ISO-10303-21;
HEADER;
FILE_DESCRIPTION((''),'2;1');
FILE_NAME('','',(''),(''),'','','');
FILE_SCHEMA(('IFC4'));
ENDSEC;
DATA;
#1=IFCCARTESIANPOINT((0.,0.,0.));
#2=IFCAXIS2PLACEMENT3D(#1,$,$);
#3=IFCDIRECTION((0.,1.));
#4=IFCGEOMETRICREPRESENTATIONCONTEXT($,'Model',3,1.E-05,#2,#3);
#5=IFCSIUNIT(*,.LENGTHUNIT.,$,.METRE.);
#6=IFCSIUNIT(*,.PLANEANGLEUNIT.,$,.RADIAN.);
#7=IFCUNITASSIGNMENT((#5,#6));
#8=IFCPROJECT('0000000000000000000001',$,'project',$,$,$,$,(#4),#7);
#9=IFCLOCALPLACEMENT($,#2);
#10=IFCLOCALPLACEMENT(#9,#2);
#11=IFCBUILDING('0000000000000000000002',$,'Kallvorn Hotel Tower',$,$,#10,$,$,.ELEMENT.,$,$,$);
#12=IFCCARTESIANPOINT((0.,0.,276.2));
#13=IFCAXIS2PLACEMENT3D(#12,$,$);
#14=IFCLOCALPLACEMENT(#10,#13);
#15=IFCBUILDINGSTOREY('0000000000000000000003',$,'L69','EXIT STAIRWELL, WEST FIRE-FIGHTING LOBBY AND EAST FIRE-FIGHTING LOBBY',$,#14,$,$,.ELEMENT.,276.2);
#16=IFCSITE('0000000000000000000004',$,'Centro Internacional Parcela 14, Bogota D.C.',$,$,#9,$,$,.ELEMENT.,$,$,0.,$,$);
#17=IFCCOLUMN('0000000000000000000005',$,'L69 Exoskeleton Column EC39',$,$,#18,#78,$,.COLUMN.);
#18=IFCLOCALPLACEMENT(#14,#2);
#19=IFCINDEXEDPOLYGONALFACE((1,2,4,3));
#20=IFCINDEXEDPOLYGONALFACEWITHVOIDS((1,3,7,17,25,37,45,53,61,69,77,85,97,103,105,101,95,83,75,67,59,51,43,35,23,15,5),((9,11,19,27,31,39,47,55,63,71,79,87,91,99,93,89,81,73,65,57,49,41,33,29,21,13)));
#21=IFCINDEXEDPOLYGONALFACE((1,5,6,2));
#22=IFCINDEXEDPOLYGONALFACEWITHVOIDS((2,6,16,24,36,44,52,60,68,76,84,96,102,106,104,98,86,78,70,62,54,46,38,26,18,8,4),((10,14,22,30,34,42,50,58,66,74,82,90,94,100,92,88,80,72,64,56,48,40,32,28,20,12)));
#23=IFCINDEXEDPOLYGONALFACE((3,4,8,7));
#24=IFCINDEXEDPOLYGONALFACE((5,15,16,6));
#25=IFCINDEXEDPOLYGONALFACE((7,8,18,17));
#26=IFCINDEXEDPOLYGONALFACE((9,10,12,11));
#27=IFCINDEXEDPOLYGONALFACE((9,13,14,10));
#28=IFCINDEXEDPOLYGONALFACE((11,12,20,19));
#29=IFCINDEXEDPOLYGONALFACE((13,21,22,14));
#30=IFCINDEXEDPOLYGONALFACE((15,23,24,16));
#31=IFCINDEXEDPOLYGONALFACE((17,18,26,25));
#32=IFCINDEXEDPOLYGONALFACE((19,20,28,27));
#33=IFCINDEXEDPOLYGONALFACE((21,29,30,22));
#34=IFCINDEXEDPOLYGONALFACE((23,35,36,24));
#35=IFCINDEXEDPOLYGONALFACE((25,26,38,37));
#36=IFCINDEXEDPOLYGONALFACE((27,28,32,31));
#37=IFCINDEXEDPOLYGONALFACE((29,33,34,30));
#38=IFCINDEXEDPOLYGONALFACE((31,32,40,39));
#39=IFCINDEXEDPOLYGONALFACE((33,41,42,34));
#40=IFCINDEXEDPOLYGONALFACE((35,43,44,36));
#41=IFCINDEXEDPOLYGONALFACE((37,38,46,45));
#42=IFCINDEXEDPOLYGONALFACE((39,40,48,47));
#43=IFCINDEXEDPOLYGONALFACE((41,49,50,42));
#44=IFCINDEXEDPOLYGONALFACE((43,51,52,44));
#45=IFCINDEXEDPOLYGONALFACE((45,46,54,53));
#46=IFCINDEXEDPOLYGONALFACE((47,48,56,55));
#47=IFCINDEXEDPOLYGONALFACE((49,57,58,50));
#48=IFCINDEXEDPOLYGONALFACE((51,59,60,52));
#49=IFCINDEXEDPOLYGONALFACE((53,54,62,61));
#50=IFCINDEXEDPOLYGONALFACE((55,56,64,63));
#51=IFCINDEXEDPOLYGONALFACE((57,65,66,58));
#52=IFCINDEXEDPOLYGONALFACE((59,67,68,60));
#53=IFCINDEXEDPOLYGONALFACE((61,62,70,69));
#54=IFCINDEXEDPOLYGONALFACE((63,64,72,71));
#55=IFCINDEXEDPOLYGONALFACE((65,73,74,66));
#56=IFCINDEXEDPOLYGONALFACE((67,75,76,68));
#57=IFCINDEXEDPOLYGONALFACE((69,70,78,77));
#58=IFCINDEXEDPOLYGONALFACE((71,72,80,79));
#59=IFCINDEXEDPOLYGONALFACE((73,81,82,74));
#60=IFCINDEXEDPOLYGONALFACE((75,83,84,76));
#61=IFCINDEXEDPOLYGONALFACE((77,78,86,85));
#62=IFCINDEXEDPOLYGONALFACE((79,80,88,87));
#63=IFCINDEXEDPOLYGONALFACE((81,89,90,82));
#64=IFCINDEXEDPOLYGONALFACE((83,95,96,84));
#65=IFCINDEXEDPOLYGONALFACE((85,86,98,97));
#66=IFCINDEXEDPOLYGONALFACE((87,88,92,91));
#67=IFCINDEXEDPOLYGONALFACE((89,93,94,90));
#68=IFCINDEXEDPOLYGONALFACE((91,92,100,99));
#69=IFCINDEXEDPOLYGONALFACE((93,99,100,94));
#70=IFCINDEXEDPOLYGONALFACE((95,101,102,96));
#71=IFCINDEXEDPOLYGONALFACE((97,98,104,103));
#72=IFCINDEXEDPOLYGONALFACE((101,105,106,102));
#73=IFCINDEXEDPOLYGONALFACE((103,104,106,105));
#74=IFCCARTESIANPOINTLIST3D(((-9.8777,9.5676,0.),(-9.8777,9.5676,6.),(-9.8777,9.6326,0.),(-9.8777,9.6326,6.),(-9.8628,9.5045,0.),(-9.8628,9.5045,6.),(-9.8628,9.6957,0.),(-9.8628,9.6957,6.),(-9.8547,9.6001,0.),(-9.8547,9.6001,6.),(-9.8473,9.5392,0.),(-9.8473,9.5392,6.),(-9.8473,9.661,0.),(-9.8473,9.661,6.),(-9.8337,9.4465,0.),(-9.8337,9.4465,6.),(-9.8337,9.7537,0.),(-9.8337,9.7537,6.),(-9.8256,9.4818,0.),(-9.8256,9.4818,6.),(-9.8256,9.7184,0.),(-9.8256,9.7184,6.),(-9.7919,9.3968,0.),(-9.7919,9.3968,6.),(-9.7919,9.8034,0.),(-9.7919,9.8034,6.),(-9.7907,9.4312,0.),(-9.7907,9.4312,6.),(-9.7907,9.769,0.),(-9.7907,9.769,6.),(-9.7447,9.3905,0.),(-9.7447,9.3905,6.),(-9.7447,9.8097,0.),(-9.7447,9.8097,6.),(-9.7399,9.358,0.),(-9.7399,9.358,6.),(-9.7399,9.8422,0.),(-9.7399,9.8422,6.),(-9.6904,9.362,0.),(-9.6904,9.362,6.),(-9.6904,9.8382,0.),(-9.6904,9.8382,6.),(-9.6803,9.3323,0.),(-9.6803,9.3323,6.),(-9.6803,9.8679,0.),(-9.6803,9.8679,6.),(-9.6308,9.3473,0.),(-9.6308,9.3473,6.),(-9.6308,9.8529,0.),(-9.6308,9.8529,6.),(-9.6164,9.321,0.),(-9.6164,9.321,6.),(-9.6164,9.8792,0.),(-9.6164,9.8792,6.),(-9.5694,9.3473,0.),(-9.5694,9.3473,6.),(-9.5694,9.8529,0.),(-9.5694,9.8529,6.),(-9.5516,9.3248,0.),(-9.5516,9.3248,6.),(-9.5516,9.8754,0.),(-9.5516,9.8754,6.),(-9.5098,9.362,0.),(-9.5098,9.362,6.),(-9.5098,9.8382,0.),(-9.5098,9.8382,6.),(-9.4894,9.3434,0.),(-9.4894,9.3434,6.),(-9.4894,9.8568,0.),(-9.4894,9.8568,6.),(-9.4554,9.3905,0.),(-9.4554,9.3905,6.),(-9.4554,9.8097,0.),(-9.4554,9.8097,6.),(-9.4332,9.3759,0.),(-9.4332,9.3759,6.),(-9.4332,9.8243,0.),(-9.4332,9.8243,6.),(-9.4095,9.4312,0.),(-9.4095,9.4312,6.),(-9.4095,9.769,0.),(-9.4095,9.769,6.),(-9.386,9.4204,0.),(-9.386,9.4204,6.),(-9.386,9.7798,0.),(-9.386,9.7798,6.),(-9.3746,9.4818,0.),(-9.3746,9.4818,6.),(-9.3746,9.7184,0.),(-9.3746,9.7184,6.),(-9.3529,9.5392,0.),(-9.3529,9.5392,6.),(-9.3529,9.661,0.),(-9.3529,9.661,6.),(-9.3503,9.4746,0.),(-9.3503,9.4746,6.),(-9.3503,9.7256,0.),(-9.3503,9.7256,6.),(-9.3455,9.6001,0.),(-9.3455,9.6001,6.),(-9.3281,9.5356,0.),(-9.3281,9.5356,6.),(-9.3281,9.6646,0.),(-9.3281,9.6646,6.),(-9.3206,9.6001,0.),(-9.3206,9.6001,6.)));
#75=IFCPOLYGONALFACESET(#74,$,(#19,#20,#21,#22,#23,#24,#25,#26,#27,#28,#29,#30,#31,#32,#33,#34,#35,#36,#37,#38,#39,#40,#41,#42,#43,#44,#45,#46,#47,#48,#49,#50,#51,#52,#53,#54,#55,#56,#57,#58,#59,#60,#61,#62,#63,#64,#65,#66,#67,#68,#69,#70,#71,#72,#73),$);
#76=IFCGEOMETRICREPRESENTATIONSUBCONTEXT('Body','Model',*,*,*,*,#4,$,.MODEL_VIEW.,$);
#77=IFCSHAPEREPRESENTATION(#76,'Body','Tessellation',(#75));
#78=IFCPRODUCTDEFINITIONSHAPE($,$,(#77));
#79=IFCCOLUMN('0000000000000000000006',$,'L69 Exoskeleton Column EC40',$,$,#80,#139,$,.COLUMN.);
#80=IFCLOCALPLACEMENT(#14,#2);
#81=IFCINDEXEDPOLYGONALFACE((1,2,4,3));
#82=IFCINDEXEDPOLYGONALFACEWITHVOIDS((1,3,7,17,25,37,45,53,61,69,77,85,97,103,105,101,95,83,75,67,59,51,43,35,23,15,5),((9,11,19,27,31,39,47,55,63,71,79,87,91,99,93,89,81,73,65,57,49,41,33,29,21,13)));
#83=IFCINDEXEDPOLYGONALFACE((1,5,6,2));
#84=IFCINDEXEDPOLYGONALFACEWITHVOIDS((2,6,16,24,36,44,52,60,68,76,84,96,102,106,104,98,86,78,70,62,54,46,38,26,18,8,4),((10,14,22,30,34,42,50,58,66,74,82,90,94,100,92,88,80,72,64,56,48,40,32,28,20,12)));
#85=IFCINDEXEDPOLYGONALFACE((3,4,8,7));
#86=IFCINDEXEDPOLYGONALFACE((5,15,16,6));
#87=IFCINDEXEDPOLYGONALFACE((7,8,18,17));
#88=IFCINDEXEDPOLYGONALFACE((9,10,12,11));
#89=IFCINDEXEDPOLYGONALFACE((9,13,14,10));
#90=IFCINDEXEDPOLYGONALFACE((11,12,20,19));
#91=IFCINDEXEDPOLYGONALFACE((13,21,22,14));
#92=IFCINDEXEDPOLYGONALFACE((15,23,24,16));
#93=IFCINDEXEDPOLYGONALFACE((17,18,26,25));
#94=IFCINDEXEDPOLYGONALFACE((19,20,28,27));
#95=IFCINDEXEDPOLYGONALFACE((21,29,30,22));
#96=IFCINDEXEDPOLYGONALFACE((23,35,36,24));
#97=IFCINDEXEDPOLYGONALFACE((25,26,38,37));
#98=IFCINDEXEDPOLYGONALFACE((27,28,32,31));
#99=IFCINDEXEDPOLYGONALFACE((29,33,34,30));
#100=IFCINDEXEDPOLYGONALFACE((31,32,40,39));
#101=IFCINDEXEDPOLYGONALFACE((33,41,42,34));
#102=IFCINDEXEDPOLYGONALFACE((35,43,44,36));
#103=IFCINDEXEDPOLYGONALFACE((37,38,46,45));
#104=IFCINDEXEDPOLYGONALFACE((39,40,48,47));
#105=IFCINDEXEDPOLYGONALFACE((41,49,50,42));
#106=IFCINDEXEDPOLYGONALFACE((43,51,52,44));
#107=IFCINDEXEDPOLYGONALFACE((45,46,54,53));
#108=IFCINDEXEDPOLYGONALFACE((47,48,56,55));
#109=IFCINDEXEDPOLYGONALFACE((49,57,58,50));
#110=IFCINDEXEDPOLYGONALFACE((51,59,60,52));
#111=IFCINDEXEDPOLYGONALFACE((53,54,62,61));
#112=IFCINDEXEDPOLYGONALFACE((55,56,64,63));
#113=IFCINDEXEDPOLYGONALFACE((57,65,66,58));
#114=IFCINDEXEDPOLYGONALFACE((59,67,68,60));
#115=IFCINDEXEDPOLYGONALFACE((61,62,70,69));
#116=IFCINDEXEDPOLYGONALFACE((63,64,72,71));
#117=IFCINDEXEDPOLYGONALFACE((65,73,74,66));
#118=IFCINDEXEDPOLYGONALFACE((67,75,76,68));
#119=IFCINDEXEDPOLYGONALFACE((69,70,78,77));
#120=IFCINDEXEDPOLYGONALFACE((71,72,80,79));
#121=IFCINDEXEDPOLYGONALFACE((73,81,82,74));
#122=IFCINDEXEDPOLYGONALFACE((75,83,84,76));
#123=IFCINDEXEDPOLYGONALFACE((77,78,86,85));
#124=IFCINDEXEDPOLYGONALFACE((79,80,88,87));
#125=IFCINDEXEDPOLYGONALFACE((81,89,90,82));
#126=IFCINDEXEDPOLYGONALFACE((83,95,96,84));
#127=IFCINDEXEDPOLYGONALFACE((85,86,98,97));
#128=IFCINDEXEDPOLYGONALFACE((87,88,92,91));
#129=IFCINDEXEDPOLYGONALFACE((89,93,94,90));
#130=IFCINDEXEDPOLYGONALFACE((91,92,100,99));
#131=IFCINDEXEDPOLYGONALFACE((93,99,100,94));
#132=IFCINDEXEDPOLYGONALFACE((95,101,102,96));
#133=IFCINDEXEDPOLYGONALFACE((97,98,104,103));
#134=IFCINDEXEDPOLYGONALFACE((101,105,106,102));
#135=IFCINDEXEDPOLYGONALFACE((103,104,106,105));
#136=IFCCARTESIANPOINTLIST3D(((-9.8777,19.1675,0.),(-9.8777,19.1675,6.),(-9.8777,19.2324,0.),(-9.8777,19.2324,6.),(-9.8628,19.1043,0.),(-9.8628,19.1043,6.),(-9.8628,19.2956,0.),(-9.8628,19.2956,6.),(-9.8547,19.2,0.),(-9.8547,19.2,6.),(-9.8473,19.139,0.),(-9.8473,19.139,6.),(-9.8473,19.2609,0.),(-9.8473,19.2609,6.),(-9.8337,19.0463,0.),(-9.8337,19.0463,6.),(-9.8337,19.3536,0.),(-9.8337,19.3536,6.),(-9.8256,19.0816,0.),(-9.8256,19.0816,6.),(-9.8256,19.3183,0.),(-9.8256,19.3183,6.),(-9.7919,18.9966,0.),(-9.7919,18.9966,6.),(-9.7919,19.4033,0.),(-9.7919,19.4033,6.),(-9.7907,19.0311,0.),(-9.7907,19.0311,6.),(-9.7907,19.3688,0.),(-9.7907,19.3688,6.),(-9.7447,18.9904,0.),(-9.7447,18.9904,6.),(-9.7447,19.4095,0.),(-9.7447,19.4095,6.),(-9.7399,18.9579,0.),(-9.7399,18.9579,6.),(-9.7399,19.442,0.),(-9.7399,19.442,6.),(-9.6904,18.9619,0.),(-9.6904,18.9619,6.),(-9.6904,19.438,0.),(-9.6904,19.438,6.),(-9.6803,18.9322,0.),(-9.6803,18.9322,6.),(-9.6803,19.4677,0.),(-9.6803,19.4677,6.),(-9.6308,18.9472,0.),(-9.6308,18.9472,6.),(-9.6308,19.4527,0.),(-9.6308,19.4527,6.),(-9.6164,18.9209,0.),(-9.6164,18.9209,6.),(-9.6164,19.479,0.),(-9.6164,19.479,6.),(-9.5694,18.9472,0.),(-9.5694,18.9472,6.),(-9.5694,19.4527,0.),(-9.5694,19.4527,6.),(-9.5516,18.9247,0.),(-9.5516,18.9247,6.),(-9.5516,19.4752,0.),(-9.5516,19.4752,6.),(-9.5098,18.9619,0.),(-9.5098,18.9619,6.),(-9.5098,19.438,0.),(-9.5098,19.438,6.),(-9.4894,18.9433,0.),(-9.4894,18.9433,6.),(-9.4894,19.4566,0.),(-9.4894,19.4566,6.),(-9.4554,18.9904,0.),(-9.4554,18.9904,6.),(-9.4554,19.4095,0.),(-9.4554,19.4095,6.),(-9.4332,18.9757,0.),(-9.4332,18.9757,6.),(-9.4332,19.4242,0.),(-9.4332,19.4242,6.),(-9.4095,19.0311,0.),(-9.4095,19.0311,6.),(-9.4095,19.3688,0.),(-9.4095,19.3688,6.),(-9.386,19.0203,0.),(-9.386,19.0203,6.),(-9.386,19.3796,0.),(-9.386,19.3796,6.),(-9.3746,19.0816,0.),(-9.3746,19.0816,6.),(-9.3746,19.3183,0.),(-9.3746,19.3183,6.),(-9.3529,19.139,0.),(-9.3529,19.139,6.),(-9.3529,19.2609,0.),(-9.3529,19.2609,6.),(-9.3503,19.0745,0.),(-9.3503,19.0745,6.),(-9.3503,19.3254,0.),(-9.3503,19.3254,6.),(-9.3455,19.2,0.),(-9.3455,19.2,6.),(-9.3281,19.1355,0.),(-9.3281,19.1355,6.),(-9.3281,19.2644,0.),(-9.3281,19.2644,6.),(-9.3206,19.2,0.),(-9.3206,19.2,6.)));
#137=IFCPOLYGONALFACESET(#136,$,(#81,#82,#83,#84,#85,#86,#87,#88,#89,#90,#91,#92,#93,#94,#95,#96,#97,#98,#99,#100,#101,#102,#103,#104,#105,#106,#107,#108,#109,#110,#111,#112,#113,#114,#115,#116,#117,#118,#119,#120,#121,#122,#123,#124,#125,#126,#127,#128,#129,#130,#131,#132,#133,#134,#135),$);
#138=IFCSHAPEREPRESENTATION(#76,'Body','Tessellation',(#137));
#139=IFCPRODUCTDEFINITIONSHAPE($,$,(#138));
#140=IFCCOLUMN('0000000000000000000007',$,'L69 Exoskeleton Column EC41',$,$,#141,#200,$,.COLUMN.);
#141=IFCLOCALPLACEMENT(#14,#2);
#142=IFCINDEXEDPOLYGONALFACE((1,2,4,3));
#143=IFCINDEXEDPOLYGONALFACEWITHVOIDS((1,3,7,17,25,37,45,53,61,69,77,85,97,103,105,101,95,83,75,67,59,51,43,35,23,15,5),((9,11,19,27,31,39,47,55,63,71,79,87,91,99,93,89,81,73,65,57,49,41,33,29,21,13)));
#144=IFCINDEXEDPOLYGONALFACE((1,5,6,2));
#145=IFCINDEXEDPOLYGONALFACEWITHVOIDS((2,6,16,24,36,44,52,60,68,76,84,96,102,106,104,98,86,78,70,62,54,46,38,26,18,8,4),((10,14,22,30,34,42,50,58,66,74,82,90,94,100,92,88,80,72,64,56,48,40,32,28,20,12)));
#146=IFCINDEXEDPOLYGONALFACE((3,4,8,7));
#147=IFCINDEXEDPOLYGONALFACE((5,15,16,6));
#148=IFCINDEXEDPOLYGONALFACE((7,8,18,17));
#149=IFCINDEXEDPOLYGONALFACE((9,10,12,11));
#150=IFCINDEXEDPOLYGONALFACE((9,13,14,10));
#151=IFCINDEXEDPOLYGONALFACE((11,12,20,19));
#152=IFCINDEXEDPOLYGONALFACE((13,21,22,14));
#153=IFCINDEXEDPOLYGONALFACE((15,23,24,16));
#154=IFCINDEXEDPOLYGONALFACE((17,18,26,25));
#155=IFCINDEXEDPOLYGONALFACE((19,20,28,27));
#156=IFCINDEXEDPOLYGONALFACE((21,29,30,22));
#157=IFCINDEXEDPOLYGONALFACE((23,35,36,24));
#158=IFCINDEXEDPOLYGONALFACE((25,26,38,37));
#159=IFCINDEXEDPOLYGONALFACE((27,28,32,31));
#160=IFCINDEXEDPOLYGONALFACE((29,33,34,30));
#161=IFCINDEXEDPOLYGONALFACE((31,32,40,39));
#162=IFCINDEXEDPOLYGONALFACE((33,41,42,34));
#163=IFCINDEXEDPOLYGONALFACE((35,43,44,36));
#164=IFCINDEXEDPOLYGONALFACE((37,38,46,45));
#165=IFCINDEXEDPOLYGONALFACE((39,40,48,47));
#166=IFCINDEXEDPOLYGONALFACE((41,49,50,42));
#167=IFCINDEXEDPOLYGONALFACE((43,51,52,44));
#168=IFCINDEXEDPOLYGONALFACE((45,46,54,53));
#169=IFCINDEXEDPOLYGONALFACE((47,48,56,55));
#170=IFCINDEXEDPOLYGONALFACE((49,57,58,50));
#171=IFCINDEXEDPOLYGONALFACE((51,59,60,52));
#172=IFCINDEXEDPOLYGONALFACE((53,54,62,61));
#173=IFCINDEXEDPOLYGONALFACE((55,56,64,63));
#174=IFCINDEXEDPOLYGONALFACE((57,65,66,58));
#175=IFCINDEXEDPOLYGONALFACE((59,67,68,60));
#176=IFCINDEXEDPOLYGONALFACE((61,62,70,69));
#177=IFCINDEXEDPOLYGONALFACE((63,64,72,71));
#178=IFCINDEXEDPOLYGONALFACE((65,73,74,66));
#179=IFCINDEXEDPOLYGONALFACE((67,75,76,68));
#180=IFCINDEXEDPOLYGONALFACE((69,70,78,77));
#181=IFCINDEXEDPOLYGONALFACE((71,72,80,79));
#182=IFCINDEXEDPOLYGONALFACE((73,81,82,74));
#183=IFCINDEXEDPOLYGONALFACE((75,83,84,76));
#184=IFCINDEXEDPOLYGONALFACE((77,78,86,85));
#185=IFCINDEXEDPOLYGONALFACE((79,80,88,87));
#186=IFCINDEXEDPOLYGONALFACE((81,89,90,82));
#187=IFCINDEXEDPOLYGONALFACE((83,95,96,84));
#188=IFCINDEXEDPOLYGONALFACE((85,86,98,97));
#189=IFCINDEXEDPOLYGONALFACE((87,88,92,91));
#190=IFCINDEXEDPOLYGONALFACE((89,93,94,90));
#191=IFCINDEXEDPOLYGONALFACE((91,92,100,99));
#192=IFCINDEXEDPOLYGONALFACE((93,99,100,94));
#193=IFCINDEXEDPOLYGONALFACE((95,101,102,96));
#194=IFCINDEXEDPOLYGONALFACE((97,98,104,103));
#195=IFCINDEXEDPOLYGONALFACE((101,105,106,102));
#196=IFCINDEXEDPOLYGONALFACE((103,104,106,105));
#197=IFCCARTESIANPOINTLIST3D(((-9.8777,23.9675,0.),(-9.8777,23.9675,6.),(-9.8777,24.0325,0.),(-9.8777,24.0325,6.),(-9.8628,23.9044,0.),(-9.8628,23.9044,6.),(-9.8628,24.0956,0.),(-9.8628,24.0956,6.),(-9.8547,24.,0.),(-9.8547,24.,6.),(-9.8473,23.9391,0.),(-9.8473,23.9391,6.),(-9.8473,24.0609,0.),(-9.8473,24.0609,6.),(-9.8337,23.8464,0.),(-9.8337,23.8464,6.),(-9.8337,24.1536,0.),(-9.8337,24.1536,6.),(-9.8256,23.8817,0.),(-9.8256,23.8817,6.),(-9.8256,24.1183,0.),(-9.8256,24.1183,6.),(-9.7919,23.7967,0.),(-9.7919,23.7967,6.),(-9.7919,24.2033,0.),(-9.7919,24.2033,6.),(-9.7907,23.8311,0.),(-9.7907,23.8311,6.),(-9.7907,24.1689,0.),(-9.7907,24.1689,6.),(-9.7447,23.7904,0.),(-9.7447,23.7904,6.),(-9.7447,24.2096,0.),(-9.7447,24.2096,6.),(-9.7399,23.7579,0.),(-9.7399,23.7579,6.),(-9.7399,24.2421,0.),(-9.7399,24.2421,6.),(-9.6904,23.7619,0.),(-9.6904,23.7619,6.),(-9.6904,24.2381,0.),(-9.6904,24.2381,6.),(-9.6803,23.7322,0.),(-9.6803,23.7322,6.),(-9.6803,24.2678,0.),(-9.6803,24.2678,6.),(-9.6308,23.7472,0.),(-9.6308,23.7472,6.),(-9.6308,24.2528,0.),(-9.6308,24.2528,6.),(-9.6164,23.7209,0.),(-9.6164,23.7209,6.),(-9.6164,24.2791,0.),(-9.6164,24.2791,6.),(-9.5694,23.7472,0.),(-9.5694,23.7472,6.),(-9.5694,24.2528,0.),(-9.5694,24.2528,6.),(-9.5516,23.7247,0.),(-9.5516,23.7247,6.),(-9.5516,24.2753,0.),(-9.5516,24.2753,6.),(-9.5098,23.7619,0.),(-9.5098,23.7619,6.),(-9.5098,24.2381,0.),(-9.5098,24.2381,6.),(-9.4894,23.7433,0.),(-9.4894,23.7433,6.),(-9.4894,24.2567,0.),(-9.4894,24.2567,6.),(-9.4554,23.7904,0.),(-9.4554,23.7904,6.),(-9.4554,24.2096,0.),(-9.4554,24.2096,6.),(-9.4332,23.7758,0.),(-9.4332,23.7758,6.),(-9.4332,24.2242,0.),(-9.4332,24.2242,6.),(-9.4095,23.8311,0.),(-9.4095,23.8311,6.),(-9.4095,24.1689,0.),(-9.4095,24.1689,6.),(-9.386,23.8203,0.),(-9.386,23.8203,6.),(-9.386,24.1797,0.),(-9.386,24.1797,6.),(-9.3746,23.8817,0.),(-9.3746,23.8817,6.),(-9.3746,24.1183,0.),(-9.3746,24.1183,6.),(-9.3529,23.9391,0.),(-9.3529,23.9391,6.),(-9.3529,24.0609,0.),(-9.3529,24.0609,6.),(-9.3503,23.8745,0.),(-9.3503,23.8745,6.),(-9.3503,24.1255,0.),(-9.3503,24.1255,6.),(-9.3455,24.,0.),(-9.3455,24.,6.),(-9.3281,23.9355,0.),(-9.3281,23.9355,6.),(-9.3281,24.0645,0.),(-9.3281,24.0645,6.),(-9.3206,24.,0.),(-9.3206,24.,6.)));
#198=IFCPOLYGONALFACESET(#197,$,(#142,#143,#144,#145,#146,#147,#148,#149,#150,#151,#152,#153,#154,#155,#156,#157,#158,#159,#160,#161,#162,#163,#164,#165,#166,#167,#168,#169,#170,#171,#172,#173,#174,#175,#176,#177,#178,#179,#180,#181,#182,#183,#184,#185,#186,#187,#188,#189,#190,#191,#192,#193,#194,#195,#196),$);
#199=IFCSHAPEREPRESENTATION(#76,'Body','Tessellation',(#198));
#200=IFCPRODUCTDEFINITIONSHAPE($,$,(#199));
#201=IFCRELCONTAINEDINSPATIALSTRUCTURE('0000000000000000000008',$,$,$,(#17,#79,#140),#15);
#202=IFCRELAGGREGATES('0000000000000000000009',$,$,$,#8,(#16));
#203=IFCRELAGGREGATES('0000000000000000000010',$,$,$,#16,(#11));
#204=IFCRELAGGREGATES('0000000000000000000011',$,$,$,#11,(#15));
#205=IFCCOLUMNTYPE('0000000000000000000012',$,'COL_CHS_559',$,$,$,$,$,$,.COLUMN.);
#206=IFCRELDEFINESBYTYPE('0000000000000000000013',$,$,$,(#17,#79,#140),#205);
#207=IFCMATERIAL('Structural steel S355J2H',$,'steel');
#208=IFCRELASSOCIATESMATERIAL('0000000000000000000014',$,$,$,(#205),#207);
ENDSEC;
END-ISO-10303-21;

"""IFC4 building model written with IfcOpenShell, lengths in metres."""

from ifc_helpers import new_model, si_unit, direction, frame, origin, origin_2d, place, context, subcontext, project, spatial, hollow_circle, extrude, material, material_profile, profile_set, type_object, element, save


model = new_model("IFC4")

# Units and contexts
model_context = context("Model", 3, precision=1e-05, world=origin(), true_north=direction((0.0, 1.0)))
body_context = subcontext(model_context, "Body", "Model", "MODEL_VIEW")
ifc_project = project(units=[si_unit("LENGTHUNIT", "METRE"), si_unit("PLANEANGLEUNIT", "RADIAN")], contexts=[model_context])

# Site, building, storey
site_placement = place(None, origin())
site = spatial("IfcSite", under=ifc_project, at=site_placement, Name="Centro Internacional Parcela 14, Bogota D.C.", CompositionType="ELEMENT", RefElevation=0.0)
building_placement = place(site_placement, origin())
building = spatial("IfcBuilding", under=site, at=building_placement, Name="Kallvorn Hotel Tower", CompositionType="ELEMENT")
storey_placement = place(building_placement, frame((0.0, 0.0, 276.2)))
storey = spatial("IfcBuildingStorey", under=building, at=storey_placement, Name="L69", Description="EXIT STAIRWELL, WEST FIRE-FIGHTING LOBBY AND EAST FIRE-FIGHTING LOBBY", CompositionType="ELEMENT", Elevation=276.2)

# Columns
ifc_material_1 = material(Name="Structural steel S355J2H", Category="steel")
ifc_material_profile_1 = material_profile(ifc_material_1, hollow_circle(Radius=0.2795, WallThickness=0.0249, at=origin_2d()), Name="CHS 559x25")
ifc_profile_set_1 = profile_set([ifc_material_profile_1], Name="Structural steel S355J2H")
column_type_1 = type_object("IfcColumnType", Name="COL_CHS_559", PredefinedType="COLUMN", material=ifc_profile_set_1)
for number, where, z_axis, x_axis, name in (
    (1, (-9.6001, 9.6001, 0.0), (0.0, 0.0, 1.0), (1.0, 0.0, 0.0), "L69 Exoskeleton Column EC39"),
    (2, (-9.6001, 19.2, 0.0), (0.0, 0.0, 1.0), (1.0, 0.0, 0.0), "L69 Exoskeleton Column EC40"),
    (3, (-9.6001, 24.0, 0.0), (0.0, 0.0, 1.0), (1.0, 0.0, 0.0), "L69 Exoskeleton Column EC41"),
):
    element("IfcColumn", number, at=place(storey_placement, frame(where, z_axis=z_axis, x_axis=x_axis)), inside=storey, type_object=column_type_1, Name=name, PredefinedType="COLUMN", context=body_context, shape_type="SweptSolid", body=[
        extrude(hollow_circle(Radius=0.2795, WallThickness=0.0249, at=origin_2d()), origin(), (0.0, 0.0, 1.0), 6.0),
    ])

save(model, "model.ifc")
